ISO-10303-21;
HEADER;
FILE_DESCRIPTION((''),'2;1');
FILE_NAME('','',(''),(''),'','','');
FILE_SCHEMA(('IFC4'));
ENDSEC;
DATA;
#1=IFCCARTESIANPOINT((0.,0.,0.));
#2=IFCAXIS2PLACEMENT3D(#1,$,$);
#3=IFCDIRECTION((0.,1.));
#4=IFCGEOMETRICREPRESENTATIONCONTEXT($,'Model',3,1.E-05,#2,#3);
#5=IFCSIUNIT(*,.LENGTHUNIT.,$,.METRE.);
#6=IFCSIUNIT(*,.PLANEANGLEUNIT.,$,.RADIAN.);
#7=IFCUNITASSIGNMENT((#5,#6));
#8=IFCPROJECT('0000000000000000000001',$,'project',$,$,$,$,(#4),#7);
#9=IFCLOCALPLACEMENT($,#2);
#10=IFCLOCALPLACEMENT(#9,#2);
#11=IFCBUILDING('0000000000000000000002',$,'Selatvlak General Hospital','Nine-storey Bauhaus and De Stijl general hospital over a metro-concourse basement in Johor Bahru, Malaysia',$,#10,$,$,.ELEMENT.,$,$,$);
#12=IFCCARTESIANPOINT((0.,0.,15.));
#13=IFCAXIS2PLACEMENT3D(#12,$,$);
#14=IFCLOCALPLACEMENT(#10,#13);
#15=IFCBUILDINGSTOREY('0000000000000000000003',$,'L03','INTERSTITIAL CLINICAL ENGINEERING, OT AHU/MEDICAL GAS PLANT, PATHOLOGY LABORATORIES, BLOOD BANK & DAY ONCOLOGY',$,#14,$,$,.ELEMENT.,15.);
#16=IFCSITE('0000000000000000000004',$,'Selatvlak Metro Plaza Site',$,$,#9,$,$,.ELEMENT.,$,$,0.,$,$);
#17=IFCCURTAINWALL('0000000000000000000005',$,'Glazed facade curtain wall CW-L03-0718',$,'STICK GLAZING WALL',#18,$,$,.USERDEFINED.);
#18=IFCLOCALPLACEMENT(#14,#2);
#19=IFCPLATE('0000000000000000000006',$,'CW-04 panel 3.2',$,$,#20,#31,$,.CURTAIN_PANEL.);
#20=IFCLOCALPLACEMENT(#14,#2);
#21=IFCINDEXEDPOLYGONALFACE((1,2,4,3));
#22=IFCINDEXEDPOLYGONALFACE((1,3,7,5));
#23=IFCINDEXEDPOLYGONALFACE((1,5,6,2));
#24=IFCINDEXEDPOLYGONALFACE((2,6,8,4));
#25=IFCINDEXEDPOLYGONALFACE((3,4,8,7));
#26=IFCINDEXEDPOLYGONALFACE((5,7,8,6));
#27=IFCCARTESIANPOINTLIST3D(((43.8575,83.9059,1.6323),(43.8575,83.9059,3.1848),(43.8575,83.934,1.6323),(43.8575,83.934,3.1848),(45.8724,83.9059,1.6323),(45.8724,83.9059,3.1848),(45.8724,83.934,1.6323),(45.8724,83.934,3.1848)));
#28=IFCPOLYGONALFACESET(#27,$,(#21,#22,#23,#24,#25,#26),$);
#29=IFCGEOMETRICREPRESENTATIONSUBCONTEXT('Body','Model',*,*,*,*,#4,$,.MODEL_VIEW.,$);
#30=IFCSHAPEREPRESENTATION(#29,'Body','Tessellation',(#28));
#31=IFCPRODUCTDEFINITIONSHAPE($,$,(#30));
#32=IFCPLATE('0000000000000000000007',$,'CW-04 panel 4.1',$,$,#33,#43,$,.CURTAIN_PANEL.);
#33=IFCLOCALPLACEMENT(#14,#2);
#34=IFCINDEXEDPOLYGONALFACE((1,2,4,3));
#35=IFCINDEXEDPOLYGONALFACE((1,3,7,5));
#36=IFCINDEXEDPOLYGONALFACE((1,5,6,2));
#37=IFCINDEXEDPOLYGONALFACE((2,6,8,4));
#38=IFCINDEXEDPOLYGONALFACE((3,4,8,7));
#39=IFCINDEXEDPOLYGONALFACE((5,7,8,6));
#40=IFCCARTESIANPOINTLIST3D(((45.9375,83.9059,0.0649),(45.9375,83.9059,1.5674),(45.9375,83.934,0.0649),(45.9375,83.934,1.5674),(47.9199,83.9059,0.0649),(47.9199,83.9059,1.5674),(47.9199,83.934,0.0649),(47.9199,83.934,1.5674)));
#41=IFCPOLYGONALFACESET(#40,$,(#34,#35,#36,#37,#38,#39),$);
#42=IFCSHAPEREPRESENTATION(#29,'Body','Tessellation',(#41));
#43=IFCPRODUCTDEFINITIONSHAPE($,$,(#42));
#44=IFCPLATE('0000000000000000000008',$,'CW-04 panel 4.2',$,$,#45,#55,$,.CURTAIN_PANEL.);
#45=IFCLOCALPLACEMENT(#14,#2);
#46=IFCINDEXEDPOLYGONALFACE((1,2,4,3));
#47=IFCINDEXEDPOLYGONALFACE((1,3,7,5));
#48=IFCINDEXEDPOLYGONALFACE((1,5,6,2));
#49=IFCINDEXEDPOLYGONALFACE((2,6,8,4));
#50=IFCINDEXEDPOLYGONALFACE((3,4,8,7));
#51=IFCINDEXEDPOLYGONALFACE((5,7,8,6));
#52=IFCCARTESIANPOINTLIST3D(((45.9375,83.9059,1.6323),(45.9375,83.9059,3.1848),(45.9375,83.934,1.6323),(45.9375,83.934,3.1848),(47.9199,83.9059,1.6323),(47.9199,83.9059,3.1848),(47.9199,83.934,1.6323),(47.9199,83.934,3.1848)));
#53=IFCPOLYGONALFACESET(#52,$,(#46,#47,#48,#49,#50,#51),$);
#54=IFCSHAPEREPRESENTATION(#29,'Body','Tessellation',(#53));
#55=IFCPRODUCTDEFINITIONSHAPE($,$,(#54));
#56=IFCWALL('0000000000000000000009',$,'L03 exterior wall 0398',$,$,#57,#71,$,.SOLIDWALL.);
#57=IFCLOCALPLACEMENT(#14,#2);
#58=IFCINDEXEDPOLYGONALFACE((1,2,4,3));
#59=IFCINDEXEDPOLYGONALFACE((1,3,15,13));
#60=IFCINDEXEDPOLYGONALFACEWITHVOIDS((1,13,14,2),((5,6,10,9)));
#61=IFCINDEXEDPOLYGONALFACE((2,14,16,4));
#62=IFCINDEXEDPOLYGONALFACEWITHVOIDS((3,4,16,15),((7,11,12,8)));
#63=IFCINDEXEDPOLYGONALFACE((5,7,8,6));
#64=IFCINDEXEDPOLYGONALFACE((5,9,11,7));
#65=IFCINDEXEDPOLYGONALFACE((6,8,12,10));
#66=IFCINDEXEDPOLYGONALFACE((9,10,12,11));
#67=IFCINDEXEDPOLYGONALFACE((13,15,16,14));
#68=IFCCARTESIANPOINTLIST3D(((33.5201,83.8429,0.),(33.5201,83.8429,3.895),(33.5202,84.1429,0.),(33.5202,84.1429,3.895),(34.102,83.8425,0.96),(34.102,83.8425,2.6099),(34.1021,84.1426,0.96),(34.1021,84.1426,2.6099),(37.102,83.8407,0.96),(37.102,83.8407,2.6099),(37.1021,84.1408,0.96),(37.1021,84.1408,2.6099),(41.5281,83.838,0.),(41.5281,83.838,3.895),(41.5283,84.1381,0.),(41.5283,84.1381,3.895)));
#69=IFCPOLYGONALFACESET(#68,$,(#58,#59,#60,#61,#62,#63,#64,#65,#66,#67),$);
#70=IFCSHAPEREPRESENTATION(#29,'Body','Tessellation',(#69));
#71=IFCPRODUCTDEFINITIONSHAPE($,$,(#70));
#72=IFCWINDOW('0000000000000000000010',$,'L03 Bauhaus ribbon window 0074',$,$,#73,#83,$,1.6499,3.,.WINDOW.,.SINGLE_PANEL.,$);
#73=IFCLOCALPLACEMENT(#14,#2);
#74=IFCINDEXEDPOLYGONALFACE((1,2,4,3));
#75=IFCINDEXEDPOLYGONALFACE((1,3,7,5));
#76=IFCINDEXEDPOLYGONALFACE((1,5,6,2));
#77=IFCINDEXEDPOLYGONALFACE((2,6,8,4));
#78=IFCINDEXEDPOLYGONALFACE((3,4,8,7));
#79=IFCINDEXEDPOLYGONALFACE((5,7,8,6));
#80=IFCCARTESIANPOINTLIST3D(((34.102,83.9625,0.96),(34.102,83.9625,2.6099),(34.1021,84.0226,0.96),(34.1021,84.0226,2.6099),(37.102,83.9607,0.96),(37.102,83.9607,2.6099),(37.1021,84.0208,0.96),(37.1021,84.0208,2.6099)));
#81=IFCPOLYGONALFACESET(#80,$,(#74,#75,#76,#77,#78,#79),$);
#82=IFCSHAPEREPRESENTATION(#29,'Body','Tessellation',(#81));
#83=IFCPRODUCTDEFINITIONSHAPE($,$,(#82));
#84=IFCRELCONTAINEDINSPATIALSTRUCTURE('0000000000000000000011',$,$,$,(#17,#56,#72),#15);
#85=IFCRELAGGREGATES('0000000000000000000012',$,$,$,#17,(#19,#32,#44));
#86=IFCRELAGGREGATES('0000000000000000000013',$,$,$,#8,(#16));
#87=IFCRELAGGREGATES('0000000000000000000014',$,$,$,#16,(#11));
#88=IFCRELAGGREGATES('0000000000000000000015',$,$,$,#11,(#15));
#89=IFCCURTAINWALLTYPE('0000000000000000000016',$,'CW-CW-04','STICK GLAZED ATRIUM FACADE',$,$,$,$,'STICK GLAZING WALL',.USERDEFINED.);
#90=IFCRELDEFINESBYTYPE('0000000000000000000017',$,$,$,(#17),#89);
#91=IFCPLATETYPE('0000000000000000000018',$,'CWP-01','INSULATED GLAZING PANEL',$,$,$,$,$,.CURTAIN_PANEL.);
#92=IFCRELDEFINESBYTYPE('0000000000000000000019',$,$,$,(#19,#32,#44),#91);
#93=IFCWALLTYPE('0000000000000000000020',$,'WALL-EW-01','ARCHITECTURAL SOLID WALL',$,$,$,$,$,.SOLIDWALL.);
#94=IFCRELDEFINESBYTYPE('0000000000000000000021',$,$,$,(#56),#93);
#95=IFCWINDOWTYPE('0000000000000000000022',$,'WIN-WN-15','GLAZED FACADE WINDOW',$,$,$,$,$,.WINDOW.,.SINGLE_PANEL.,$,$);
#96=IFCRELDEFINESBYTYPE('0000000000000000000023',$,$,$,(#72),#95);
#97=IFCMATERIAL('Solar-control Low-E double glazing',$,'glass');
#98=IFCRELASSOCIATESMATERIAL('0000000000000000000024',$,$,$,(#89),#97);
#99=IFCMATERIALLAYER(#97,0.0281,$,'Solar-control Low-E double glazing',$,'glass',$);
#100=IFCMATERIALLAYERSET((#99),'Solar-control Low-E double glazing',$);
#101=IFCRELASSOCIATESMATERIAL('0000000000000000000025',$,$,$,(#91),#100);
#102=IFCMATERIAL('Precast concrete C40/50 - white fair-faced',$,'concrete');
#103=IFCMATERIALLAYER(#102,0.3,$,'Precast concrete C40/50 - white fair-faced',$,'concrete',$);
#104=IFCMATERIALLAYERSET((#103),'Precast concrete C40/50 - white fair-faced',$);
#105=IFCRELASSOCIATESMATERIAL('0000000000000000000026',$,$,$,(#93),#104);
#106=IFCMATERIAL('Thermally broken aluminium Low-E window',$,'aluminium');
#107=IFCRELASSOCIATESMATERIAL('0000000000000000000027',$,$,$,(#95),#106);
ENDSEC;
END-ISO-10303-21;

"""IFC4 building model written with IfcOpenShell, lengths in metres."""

from ifc_helpers import new_model, si_unit, direction, frame, frame_2d, origin, origin_2d, place, context, subcontext, project, spatial, rectangle, extrude, material, layer, layer_set, type_object, element, fill, aggregate, save


model = new_model("IFC4")

# Units and contexts
model_context = context("Model", 3, precision=1e-05, world=origin(), true_north=direction((0.0, 1.0)))
body_context = subcontext(model_context, "Body", "Model", "MODEL_VIEW")
ifc_project = project(units=[si_unit("LENGTHUNIT", "METRE"), si_unit("PLANEANGLEUNIT", "RADIAN")], contexts=[model_context])

# Site, building, storey
site_placement = place(None, origin())
site = spatial("IfcSite", under=ifc_project, at=site_placement, Name="Selatvlak Metro Plaza Site", CompositionType="ELEMENT", RefElevation=0.0)
building_placement = place(site_placement, origin())
building = spatial("IfcBuilding", under=site, at=building_placement, Name="Selatvlak General Hospital", Description="Nine-storey Bauhaus and De Stijl general hospital over a metro-concourse basement in Johor Bahru, Malaysia", CompositionType="ELEMENT")
storey_placement = place(building_placement, frame((0.0, 0.0, 15.0)))
storey = spatial("IfcBuildingStorey", under=building, at=storey_placement, Name="L03", Description="INTERSTITIAL CLINICAL ENGINEERING, OT AHU/MEDICAL GAS PLANT, PATHOLOGY LABORATORIES, BLOOD BANK & DAY ONCOLOGY", CompositionType="ELEMENT", Elevation=15.0)

# Curtain wall, plates
ifc_material_1 = material(Name="Solar-control Low-E double glazing", Category="glass")
curtain_wall_type = type_object("IfcCurtainWallType", Name="CW-CW-04", Description="STICK GLAZED ATRIUM FACADE", ElementType="STICK GLAZING WALL", PredefinedType="USERDEFINED", material=ifc_material_1)
curtain_wall_placement = place(storey_placement, origin())
curtain_wall = element("IfcCurtainWall", 1, at=curtain_wall_placement, inside=storey, type_object=curtain_wall_type, Name="Glazed facade curtain wall CW-L03-0718", ObjectType="STICK GLAZING WALL", PredefinedType="USERDEFINED")
ifc_layer_1 = layer(ifc_material_1, 0.0281, Name="Solar-control Low-E double glazing", Category="glass")
ifc_layer_set_1 = layer_set([ifc_layer_1], Name="Solar-control Low-E double glazing")
plate_type = type_object("IfcPlateType", Name="CWP-01", Description="INSULATED GLAZING PANEL", PredefinedType="CURTAIN_PANEL", material=ifc_layer_set_1)
plate_1_placement = place(storey_placement, frame((44.865, 83.9199, 1.6323), z_axis=(0.0, 0.0, 1.0), x_axis=(1.0, 0.0, 0.0)))
plate_1 = element("IfcPlate", 2, at=plate_1_placement, type_object=plate_type, Name="CW-04 panel 3.2", PredefinedType="CURTAIN_PANEL", context=body_context, shape_type="SweptSolid", body=[
    extrude(rectangle(XDim=2.0149, YDim=0.0281, at=origin_2d()), origin(), (0.0, 0.0, 1.0), 1.5525),
])
plate_2_placement = place(storey_placement, frame((46.9287, 83.9199, 0.0649), z_axis=(0.0, 0.0, 1.0), x_axis=(1.0, 0.0, 0.0)))
plate_2 = element("IfcPlate", 3, at=plate_2_placement, type_object=plate_type, Name="CW-04 panel 4.1", PredefinedType="CURTAIN_PANEL", context=body_context, shape_type="SweptSolid", body=[
    extrude(rectangle(XDim=1.9824, YDim=0.0281, at=origin_2d()), origin(), (0.0, 0.0, 1.0), 1.5024),
])
plate_3_placement = place(storey_placement, frame((46.9287, 83.9199, 1.6323), z_axis=(0.0, 0.0, 1.0), x_axis=(1.0, 0.0, 0.0)))
plate_3 = element("IfcPlate", 4, at=plate_3_placement, type_object=plate_type, Name="CW-04 panel 4.2", PredefinedType="CURTAIN_PANEL", context=body_context, shape_type="SweptSolid", body=[
    extrude(rectangle(XDim=1.9824, YDim=0.0281, at=origin_2d()), origin(), (0.0, 0.0, 1.0), 1.5525),
])
aggregate(curtain_wall, [plate_1, plate_2, plate_3])

# Wall, opening, window
ifc_material_2 = material(Name="Precast concrete C40/50 - white fair-faced", Category="concrete")
ifc_layer_2 = layer(ifc_material_2, 0.3, Name="Precast concrete C40/50 - white fair-faced", Category="concrete")
ifc_layer_set_2 = layer_set([ifc_layer_2], Name="Precast concrete C40/50 - white fair-faced")
wall_type = type_object("IfcWallType", Name="WALL-EW-01", Description="ARCHITECTURAL SOLID WALL", PredefinedType="SOLIDWALL", material=ifc_layer_set_2)
wall_placement = place(storey_placement, frame((41.5281, 83.988, 0.0), z_axis=(0.0, 0.0, 1.0), x_axis=(-1.0, 0.00061, 0.0)))
wall = element("IfcWall", 5, at=wall_placement, inside=storey, type_object=wall_type, Name="L03 exterior wall 0398", PredefinedType="SOLIDWALL", context=body_context, shape_type="SweptSolid", body=[
    extrude(rectangle(XDim=8.0081, YDim=0.3, at=frame_2d((4.0039, 0.0))), origin(), (0.0, 0.0, 1.0), 3.895),
])
opening_placement = place(wall_placement, frame((4.426, 0.0, 0.96)))
opening = element("IfcOpeningElement", 6, at=opening_placement, cuts=wall, PredefinedType="OPENING", context=body_context, shape_type="SweptSolid", body=[
    extrude(rectangle(XDim=3.0, YDim=1.6499, at=frame_2d((1.5, 0.825))), frame((0.0, 0.1599, 0.0), z_axis=(0.0, -1.0, 0.0), x_axis=(1.0, 0.0, 0.0)), (0.0, 0.0, 1.0), 0.3201),
])
ifc_material_3 = material(Name="Thermally broken aluminium Low-E window", Category="aluminium")
window_type = type_object("IfcWindowType", Name="WIN-WN-15", Description="GLAZED FACADE WINDOW", PartitioningType="SINGLE_PANEL", PredefinedType="WINDOW", material=ifc_material_3)
window_placement = place(opening_placement, origin())
window = element("IfcWindow", 7, at=window_placement, inside=storey, type_object=window_type, Name="L03 Bauhaus ribbon window 0074", OverallHeight=1.6499, OverallWidth=3.0, PartitioningType="SINGLE_PANEL", PredefinedType="WINDOW", context=body_context, shape_type="SweptSolid", body=[
    extrude(rectangle(XDim=3.0, YDim=1.6499, at=frame_2d((1.5, 0.825))), frame((0.0, 0.03, 0.0), z_axis=(0.0, -1.0, 0.0), x_axis=(1.0, 0.0, 0.0)), (0.0, 0.0, 1.0), 0.0601),
])
fill(opening, window)

save(model, "model.ifc")
